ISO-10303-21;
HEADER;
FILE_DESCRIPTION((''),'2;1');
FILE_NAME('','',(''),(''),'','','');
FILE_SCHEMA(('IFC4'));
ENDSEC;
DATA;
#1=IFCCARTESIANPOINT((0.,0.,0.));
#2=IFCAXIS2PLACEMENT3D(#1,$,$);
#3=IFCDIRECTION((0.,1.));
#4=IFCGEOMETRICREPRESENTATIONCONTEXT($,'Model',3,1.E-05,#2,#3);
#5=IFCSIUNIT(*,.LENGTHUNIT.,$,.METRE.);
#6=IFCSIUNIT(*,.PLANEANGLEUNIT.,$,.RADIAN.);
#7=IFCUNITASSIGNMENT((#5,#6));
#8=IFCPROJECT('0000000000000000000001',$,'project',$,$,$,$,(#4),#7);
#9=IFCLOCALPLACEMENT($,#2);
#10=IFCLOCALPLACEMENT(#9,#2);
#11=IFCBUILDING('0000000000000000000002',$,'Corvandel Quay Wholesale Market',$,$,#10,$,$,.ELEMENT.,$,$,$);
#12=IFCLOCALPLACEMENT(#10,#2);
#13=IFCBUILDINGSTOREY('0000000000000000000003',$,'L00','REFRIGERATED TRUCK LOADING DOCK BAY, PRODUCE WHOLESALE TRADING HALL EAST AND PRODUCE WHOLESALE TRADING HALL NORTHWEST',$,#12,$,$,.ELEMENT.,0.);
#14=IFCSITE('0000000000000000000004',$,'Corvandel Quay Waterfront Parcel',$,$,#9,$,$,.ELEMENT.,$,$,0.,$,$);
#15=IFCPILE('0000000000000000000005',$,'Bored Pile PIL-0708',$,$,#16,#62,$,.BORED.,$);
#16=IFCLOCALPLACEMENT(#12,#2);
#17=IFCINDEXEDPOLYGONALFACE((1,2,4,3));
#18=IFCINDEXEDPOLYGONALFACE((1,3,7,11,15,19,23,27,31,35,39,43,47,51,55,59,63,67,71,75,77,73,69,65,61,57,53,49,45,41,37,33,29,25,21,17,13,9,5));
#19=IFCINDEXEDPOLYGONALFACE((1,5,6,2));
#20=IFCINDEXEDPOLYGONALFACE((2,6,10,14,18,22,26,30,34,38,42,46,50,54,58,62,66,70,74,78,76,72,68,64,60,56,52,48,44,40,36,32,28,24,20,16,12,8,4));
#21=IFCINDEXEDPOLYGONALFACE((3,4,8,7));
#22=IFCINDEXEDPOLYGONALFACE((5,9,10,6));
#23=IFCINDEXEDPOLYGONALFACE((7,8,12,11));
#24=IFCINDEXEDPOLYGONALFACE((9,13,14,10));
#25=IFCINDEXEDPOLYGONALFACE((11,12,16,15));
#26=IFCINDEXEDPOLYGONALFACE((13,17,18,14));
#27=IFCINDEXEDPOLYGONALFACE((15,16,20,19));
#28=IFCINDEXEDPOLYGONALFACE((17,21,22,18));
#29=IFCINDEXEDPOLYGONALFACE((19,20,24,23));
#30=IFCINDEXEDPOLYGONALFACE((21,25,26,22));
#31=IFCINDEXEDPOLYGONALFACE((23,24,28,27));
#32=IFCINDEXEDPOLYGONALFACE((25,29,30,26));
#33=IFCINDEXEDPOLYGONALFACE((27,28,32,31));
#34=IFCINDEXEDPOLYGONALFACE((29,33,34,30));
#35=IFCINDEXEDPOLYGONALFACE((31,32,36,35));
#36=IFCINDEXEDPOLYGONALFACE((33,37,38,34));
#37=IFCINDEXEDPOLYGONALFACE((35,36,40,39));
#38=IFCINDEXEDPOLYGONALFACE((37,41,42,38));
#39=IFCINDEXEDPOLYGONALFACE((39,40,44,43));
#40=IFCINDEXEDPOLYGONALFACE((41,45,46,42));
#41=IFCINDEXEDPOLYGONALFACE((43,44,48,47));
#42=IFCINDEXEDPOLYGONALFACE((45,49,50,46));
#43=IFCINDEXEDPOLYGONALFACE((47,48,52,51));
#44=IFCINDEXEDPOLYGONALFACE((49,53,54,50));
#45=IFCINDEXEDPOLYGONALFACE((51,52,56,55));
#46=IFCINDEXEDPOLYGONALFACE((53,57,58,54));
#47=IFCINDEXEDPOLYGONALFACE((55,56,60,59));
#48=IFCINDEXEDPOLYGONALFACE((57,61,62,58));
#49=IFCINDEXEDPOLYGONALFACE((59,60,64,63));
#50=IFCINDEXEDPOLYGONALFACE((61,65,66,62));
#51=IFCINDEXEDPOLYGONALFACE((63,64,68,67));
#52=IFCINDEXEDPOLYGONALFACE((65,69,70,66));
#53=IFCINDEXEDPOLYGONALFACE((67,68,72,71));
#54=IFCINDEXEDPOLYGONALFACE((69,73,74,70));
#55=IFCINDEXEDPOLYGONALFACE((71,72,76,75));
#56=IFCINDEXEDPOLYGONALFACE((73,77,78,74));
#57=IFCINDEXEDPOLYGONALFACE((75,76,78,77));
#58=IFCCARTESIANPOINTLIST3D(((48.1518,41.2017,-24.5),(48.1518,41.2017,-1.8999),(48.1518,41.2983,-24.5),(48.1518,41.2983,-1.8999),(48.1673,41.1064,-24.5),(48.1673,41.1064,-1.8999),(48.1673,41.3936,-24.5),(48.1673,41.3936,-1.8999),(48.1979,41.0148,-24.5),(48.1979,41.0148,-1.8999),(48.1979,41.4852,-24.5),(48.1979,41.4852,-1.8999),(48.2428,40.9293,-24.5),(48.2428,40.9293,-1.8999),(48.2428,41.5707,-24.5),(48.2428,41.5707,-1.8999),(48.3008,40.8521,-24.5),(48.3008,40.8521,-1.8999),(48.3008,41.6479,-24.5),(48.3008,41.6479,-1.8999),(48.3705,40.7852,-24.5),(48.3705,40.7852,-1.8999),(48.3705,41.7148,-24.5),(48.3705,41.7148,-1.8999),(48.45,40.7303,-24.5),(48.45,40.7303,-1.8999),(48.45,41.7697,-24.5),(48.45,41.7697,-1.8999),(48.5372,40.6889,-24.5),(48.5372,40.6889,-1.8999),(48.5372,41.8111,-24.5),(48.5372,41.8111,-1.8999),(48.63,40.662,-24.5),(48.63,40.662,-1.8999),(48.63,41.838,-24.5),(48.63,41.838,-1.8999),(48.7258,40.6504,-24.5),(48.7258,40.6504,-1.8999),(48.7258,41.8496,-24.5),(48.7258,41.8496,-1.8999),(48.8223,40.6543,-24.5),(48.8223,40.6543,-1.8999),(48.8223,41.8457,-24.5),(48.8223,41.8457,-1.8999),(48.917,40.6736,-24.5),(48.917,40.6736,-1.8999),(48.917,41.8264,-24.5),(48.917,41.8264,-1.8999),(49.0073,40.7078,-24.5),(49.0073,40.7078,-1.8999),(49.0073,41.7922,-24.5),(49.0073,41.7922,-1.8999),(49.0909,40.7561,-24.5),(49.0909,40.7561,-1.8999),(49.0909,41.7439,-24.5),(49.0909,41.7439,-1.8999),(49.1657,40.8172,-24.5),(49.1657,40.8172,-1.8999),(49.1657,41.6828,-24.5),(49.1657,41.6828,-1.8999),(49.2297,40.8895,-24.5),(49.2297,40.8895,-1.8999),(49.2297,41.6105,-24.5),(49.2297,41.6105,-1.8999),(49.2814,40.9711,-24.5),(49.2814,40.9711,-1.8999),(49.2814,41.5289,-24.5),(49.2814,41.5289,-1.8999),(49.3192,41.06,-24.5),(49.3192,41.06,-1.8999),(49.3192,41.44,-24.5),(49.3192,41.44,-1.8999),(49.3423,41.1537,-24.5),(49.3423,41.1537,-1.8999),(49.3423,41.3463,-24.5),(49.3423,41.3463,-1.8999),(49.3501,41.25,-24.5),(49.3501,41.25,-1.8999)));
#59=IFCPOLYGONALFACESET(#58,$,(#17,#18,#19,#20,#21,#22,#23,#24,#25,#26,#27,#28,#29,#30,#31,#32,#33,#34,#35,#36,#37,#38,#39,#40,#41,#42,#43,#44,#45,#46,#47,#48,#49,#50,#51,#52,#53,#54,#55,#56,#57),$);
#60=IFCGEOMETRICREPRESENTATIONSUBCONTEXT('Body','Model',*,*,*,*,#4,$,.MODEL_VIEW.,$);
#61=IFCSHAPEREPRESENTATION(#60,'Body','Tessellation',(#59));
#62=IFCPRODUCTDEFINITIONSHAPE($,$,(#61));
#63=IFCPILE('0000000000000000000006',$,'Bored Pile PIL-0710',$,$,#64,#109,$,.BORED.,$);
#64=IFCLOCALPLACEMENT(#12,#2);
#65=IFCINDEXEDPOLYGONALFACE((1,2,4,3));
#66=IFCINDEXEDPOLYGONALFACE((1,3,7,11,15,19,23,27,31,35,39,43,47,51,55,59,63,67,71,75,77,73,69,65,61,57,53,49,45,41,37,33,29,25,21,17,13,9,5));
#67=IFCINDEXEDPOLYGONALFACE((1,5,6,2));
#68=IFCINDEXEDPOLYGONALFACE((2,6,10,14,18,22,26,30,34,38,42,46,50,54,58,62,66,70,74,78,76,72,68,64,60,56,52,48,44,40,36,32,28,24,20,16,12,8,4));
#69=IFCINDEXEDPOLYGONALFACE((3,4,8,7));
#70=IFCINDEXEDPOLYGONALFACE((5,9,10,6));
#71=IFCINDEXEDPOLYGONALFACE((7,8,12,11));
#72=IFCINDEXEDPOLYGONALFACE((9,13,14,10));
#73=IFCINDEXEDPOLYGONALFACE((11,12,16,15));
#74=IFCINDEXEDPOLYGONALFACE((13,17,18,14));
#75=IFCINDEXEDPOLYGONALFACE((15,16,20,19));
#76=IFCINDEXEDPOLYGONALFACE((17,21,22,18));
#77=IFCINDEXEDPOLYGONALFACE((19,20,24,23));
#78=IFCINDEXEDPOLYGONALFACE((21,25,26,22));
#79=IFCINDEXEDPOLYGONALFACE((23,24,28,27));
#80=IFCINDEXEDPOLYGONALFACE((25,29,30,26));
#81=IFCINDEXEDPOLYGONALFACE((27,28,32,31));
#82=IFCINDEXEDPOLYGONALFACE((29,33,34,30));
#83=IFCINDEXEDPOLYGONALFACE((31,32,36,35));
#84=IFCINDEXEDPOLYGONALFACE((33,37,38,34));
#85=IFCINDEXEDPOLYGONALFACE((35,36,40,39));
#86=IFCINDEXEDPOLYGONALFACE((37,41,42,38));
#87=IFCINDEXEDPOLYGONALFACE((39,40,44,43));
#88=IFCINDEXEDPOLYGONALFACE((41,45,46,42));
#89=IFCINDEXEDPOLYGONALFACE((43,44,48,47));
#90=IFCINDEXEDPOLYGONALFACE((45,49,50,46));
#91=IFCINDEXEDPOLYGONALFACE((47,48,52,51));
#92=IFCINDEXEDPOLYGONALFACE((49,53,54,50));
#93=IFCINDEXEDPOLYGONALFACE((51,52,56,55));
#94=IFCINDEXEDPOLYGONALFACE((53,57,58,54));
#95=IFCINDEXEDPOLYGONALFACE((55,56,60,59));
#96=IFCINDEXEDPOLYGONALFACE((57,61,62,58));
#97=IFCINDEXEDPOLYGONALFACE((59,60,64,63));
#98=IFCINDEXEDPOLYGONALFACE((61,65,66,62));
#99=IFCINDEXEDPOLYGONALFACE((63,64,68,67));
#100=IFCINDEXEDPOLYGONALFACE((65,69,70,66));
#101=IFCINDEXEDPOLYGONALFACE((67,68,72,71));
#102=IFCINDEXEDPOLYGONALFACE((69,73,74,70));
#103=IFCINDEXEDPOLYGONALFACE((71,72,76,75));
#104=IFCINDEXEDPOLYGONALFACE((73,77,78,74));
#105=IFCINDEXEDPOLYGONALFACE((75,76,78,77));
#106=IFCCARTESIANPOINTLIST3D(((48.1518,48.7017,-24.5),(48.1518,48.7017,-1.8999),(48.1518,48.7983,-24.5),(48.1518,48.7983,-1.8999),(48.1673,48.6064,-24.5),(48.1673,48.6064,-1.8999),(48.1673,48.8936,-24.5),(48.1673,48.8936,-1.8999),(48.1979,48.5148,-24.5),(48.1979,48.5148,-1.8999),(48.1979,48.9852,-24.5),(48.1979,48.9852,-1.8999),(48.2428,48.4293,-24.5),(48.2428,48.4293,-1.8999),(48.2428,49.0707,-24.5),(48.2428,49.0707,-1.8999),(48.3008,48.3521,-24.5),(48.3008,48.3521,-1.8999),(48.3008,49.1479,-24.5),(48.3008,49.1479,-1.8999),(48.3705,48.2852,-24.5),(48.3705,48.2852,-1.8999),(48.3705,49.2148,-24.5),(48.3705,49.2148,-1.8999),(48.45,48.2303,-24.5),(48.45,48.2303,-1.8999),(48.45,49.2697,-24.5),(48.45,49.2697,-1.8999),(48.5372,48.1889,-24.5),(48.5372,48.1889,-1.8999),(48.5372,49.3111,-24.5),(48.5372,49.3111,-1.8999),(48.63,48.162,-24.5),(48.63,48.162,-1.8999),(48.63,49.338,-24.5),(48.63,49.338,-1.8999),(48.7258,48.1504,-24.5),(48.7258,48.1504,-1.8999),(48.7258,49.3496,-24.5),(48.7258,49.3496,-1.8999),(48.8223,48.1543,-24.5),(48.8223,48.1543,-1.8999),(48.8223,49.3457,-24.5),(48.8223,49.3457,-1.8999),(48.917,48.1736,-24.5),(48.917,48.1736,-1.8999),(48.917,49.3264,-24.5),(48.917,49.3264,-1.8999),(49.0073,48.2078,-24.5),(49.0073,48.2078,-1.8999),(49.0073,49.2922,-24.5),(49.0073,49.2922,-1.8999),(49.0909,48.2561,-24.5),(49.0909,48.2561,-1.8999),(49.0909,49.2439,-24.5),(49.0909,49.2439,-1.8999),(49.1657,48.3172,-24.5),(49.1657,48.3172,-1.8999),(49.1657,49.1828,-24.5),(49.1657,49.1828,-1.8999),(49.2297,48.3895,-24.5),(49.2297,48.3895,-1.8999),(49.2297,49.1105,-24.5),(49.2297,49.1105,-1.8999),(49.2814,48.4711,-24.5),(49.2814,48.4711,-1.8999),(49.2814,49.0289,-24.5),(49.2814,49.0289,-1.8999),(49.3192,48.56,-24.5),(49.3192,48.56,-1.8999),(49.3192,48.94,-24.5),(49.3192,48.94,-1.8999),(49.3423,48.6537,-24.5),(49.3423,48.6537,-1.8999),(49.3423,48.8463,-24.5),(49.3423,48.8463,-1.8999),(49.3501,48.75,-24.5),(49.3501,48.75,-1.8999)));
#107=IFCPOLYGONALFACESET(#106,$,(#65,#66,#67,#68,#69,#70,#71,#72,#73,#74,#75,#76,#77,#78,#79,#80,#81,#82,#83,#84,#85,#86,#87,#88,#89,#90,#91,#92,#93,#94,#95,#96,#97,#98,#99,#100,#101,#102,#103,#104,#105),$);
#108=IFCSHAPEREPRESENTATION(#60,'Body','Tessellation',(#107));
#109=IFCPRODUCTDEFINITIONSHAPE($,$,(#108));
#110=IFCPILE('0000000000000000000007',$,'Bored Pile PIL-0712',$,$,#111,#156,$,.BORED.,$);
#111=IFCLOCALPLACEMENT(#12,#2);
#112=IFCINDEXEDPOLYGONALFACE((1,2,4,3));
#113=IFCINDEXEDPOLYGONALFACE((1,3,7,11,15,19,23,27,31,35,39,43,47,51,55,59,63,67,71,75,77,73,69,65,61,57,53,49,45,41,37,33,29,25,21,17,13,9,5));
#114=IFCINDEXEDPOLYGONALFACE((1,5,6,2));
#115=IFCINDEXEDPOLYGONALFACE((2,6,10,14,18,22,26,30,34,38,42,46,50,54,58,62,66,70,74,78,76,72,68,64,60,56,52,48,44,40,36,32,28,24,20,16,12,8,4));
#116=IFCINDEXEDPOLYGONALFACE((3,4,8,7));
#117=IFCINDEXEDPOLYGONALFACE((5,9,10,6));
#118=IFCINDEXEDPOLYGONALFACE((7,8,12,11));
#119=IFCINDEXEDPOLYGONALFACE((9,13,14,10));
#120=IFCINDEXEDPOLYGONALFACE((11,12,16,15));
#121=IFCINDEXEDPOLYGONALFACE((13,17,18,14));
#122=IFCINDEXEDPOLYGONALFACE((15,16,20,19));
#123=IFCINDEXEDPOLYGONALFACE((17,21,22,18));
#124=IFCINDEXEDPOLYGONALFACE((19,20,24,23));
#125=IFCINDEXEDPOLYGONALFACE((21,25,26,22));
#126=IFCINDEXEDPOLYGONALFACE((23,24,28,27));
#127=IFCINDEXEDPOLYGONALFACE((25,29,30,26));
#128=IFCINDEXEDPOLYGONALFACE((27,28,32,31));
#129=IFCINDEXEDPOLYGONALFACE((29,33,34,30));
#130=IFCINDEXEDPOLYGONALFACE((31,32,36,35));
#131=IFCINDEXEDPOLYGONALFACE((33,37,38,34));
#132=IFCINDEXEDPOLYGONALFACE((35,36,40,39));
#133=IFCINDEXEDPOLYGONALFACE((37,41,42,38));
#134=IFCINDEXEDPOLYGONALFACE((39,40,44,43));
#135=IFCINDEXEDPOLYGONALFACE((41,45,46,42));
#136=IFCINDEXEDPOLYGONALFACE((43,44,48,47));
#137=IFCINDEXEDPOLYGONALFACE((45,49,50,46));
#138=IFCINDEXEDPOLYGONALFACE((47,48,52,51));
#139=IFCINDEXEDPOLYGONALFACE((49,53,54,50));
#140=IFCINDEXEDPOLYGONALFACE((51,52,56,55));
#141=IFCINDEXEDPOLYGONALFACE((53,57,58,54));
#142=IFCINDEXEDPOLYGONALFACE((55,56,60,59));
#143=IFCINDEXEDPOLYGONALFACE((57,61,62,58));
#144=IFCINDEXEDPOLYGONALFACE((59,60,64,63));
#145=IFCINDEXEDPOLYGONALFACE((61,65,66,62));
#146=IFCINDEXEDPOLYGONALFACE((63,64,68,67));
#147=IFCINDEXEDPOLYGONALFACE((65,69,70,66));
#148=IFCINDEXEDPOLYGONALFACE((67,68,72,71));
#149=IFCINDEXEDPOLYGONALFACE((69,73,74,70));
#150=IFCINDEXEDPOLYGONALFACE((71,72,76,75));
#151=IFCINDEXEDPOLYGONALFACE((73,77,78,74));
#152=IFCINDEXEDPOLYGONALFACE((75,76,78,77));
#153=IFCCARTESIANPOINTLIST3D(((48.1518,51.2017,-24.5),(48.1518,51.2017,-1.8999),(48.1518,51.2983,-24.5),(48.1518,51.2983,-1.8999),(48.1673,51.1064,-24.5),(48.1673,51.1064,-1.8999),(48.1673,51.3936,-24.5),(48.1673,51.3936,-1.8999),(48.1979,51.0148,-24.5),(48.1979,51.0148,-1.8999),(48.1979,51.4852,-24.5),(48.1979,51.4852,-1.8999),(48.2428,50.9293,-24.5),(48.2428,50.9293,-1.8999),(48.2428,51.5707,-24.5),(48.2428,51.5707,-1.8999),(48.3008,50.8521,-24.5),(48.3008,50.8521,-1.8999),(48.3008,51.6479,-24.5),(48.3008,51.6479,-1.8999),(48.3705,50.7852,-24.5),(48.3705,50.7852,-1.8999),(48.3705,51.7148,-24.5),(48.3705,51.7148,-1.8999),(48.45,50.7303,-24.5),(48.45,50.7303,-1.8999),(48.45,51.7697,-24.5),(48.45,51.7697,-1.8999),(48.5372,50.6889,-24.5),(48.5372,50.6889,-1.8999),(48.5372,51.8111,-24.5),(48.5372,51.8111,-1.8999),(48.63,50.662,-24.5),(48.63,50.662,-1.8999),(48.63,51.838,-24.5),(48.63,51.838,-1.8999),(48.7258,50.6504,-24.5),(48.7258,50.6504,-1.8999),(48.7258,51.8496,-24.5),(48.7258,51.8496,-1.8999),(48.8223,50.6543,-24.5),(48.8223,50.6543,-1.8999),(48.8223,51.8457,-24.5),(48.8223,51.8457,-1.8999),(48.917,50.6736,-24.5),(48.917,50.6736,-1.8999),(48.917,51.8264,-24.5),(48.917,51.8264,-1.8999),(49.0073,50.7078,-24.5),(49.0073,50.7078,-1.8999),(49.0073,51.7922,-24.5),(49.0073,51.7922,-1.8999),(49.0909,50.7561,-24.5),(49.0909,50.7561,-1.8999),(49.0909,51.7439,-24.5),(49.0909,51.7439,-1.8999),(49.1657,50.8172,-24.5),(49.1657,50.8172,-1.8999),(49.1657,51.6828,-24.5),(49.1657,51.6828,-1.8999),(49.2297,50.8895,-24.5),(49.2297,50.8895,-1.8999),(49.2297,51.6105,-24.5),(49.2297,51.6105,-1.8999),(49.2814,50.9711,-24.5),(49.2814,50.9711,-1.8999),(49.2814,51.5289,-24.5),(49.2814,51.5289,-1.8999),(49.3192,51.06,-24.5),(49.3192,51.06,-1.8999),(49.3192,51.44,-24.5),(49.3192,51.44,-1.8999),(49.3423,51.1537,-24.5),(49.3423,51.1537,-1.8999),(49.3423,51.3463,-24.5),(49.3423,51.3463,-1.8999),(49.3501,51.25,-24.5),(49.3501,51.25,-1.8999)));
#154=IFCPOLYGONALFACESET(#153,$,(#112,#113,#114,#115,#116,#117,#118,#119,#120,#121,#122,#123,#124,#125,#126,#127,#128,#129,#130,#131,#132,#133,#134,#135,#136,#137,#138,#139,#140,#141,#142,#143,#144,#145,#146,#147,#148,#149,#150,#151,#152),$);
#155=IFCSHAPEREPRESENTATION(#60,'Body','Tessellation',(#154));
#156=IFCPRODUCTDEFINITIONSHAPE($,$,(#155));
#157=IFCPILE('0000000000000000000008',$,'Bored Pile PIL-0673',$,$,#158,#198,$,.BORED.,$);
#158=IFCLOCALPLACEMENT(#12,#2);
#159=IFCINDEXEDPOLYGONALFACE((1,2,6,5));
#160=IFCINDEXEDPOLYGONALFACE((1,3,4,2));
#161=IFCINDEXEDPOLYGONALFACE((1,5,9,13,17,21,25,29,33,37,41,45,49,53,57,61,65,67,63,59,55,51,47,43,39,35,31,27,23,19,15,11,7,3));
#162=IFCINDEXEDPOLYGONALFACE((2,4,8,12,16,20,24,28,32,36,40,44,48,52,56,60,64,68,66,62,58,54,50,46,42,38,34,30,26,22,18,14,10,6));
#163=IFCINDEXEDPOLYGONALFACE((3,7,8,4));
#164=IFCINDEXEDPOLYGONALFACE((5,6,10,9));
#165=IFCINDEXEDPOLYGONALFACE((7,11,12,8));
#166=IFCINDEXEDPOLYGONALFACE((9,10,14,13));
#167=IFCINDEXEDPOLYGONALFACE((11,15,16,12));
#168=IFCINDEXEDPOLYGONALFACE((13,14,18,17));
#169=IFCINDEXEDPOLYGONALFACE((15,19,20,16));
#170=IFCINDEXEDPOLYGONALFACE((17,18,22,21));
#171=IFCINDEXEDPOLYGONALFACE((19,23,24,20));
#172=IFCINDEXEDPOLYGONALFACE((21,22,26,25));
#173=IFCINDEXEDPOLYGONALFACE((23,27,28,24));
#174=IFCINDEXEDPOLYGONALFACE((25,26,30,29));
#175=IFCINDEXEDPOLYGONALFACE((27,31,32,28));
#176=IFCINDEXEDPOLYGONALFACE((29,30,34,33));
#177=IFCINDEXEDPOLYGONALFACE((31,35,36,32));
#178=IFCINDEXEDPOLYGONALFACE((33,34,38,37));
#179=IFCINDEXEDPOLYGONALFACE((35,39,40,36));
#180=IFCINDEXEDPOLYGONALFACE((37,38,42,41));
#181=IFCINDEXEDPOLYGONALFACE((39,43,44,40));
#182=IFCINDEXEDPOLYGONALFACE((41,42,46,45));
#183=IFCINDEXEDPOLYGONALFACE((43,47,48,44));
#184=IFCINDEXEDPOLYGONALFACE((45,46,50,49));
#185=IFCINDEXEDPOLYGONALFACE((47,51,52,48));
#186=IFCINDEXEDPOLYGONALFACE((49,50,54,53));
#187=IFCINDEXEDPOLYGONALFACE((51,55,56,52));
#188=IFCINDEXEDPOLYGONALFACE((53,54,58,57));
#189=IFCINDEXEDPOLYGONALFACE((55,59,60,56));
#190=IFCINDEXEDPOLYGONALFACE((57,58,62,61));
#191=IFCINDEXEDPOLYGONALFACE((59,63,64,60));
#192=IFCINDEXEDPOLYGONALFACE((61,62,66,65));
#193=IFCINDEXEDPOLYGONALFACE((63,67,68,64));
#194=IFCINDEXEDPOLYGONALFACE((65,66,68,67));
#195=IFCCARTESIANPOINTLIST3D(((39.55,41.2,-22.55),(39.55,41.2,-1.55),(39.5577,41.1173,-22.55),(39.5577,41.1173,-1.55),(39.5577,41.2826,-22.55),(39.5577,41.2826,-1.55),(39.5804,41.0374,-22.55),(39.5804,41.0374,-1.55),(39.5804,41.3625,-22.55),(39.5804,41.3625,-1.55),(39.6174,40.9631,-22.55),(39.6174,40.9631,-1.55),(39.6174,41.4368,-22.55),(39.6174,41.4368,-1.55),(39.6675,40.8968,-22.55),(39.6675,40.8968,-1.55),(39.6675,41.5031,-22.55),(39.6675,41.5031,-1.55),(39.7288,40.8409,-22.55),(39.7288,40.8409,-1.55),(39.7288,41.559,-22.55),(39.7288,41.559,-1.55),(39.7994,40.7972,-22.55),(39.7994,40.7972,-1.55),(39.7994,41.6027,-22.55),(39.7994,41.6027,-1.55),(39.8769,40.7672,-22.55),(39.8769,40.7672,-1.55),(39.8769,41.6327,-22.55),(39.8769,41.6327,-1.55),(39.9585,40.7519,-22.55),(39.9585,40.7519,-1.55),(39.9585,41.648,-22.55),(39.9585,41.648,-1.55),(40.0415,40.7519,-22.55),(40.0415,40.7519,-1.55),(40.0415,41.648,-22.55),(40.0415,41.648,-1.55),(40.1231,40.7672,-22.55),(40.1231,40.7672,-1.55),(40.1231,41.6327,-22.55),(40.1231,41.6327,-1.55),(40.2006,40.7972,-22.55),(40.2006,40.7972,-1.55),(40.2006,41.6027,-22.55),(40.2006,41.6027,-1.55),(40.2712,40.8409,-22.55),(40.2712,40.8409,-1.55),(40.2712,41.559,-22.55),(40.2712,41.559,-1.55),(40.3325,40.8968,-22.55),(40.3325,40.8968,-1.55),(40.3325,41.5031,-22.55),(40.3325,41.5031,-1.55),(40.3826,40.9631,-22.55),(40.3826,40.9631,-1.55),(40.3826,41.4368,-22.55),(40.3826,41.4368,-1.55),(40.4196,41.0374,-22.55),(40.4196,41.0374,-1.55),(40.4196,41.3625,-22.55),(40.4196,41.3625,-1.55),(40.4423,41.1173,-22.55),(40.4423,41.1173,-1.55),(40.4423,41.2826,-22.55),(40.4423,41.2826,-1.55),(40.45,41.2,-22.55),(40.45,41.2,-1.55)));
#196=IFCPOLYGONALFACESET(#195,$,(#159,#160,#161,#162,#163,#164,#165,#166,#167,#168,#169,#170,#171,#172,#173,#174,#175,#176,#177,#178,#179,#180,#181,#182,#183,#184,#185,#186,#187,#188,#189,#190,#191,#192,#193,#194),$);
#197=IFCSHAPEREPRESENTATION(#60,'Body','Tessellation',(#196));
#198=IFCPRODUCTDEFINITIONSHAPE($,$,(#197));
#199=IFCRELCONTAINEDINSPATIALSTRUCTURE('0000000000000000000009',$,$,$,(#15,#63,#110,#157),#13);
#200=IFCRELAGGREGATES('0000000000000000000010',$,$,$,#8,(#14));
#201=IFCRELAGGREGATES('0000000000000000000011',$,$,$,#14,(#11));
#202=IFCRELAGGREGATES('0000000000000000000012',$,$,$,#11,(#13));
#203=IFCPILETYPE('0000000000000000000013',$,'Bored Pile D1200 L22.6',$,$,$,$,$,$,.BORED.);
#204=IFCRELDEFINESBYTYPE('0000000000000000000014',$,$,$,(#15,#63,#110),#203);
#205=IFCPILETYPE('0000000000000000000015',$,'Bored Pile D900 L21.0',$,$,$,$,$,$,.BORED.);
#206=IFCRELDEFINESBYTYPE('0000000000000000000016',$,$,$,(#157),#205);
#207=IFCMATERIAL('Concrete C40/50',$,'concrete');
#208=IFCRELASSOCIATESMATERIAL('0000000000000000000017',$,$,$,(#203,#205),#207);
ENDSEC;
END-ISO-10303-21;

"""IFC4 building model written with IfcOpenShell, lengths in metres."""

from ifc_helpers import new_model, si_unit, direction, frame, origin, origin_2d, place, context, subcontext, project, spatial, circle, extrude, material, material_profile, profile_set, type_object, element, save


model = new_model("IFC4")

# Units and contexts
model_context = context("Model", 3, precision=1e-05, world=origin(), true_north=direction((0.0, 1.0)))
body_context = subcontext(model_context, "Body", "Model", "MODEL_VIEW")
ifc_project = project(units=[si_unit("LENGTHUNIT", "METRE"), si_unit("PLANEANGLEUNIT", "RADIAN")], contexts=[model_context])

# Site, building, storey
site_placement = place(None, origin())
site = spatial("IfcSite", under=ifc_project, at=site_placement, Name="Corvandel Quay Waterfront Parcel", CompositionType="ELEMENT", RefElevation=0.0)
building_placement = place(site_placement, origin())
building = spatial("IfcBuilding", under=site, at=building_placement, Name="Corvandel Quay Wholesale Market", CompositionType="ELEMENT")
storey_placement = place(building_placement, origin())
storey = spatial("IfcBuildingStorey", under=building, at=storey_placement, Name="L00", Description="REFRIGERATED TRUCK LOADING DOCK BAY, PRODUCE WHOLESALE TRADING HALL EAST AND PRODUCE WHOLESALE TRADING HALL NORTHWEST", CompositionType="ELEMENT", Elevation=0.0)

# Piles
ifc_material_1 = material(Name="Concrete C40/50", Category="concrete")
ifc_material_profile_1 = material_profile(ifc_material_1, circle(Radius=0.6001, at=origin_2d()), Name="RC-PILE-D1200")
ifc_profile_set_1 = profile_set([ifc_material_profile_1], Name="Concrete C40/50")
pile_type_1 = type_object("IfcPileType", Name="Bored Pile D1200 L22.6", PredefinedType="BORED", material=ifc_profile_set_1)
for number, where, z_axis, x_axis, name in (
    (1, (48.75, 41.25, -1.8999), (0.0, 0.0, -1.0), (1.0, 0.0, 0.0), "Bored Pile PIL-0708"),
    (2, (48.75, 48.75, -1.8999), (0.0, 0.0, -1.0), (1.0, 0.0, 0.0), "Bored Pile PIL-0710"),
    (3, (48.75, 51.25, -1.8999), (0.0, 0.0, -1.0), (1.0, 0.0, 0.0), "Bored Pile PIL-0712"),
):
    element("IfcPile", number, at=place(storey_placement, frame(where, z_axis=z_axis, x_axis=x_axis)), inside=storey, type_object=pile_type_1, Name=name, PredefinedType="BORED", context=body_context, shape_type="SweptSolid", body=[
        extrude(circle(Radius=0.6001, at=origin_2d()), origin(), (0.0, 0.0, 1.0), 22.6001),
    ])
ifc_material_profile_2 = material_profile(ifc_material_1, circle(Radius=0.45, at=origin_2d()), Name="RC-PILE-D900")
ifc_profile_set_2 = profile_set([ifc_material_profile_2], Name="Concrete C40/50")
pile_type_2 = type_object("IfcPileType", Name="Bored Pile D900 L21.0", PredefinedType="BORED", material=ifc_profile_set_2)
for number, where, z_axis, x_axis, name in (
    (4, (40.0, 41.2, -1.55), (0.0, 0.0, -1.0), (1.0, 0.0, 0.0), "Bored Pile PIL-0673"),
):
    element("IfcPile", number, at=place(storey_placement, frame(where, z_axis=z_axis, x_axis=x_axis)), inside=storey, type_object=pile_type_2, Name=name, PredefinedType="BORED", context=body_context, shape_type="SweptSolid", body=[
        extrude(circle(Radius=0.45, at=origin_2d()), origin(), (0.0, 0.0, 1.0), 21.0),
    ])

save(model, "model.ifc")
